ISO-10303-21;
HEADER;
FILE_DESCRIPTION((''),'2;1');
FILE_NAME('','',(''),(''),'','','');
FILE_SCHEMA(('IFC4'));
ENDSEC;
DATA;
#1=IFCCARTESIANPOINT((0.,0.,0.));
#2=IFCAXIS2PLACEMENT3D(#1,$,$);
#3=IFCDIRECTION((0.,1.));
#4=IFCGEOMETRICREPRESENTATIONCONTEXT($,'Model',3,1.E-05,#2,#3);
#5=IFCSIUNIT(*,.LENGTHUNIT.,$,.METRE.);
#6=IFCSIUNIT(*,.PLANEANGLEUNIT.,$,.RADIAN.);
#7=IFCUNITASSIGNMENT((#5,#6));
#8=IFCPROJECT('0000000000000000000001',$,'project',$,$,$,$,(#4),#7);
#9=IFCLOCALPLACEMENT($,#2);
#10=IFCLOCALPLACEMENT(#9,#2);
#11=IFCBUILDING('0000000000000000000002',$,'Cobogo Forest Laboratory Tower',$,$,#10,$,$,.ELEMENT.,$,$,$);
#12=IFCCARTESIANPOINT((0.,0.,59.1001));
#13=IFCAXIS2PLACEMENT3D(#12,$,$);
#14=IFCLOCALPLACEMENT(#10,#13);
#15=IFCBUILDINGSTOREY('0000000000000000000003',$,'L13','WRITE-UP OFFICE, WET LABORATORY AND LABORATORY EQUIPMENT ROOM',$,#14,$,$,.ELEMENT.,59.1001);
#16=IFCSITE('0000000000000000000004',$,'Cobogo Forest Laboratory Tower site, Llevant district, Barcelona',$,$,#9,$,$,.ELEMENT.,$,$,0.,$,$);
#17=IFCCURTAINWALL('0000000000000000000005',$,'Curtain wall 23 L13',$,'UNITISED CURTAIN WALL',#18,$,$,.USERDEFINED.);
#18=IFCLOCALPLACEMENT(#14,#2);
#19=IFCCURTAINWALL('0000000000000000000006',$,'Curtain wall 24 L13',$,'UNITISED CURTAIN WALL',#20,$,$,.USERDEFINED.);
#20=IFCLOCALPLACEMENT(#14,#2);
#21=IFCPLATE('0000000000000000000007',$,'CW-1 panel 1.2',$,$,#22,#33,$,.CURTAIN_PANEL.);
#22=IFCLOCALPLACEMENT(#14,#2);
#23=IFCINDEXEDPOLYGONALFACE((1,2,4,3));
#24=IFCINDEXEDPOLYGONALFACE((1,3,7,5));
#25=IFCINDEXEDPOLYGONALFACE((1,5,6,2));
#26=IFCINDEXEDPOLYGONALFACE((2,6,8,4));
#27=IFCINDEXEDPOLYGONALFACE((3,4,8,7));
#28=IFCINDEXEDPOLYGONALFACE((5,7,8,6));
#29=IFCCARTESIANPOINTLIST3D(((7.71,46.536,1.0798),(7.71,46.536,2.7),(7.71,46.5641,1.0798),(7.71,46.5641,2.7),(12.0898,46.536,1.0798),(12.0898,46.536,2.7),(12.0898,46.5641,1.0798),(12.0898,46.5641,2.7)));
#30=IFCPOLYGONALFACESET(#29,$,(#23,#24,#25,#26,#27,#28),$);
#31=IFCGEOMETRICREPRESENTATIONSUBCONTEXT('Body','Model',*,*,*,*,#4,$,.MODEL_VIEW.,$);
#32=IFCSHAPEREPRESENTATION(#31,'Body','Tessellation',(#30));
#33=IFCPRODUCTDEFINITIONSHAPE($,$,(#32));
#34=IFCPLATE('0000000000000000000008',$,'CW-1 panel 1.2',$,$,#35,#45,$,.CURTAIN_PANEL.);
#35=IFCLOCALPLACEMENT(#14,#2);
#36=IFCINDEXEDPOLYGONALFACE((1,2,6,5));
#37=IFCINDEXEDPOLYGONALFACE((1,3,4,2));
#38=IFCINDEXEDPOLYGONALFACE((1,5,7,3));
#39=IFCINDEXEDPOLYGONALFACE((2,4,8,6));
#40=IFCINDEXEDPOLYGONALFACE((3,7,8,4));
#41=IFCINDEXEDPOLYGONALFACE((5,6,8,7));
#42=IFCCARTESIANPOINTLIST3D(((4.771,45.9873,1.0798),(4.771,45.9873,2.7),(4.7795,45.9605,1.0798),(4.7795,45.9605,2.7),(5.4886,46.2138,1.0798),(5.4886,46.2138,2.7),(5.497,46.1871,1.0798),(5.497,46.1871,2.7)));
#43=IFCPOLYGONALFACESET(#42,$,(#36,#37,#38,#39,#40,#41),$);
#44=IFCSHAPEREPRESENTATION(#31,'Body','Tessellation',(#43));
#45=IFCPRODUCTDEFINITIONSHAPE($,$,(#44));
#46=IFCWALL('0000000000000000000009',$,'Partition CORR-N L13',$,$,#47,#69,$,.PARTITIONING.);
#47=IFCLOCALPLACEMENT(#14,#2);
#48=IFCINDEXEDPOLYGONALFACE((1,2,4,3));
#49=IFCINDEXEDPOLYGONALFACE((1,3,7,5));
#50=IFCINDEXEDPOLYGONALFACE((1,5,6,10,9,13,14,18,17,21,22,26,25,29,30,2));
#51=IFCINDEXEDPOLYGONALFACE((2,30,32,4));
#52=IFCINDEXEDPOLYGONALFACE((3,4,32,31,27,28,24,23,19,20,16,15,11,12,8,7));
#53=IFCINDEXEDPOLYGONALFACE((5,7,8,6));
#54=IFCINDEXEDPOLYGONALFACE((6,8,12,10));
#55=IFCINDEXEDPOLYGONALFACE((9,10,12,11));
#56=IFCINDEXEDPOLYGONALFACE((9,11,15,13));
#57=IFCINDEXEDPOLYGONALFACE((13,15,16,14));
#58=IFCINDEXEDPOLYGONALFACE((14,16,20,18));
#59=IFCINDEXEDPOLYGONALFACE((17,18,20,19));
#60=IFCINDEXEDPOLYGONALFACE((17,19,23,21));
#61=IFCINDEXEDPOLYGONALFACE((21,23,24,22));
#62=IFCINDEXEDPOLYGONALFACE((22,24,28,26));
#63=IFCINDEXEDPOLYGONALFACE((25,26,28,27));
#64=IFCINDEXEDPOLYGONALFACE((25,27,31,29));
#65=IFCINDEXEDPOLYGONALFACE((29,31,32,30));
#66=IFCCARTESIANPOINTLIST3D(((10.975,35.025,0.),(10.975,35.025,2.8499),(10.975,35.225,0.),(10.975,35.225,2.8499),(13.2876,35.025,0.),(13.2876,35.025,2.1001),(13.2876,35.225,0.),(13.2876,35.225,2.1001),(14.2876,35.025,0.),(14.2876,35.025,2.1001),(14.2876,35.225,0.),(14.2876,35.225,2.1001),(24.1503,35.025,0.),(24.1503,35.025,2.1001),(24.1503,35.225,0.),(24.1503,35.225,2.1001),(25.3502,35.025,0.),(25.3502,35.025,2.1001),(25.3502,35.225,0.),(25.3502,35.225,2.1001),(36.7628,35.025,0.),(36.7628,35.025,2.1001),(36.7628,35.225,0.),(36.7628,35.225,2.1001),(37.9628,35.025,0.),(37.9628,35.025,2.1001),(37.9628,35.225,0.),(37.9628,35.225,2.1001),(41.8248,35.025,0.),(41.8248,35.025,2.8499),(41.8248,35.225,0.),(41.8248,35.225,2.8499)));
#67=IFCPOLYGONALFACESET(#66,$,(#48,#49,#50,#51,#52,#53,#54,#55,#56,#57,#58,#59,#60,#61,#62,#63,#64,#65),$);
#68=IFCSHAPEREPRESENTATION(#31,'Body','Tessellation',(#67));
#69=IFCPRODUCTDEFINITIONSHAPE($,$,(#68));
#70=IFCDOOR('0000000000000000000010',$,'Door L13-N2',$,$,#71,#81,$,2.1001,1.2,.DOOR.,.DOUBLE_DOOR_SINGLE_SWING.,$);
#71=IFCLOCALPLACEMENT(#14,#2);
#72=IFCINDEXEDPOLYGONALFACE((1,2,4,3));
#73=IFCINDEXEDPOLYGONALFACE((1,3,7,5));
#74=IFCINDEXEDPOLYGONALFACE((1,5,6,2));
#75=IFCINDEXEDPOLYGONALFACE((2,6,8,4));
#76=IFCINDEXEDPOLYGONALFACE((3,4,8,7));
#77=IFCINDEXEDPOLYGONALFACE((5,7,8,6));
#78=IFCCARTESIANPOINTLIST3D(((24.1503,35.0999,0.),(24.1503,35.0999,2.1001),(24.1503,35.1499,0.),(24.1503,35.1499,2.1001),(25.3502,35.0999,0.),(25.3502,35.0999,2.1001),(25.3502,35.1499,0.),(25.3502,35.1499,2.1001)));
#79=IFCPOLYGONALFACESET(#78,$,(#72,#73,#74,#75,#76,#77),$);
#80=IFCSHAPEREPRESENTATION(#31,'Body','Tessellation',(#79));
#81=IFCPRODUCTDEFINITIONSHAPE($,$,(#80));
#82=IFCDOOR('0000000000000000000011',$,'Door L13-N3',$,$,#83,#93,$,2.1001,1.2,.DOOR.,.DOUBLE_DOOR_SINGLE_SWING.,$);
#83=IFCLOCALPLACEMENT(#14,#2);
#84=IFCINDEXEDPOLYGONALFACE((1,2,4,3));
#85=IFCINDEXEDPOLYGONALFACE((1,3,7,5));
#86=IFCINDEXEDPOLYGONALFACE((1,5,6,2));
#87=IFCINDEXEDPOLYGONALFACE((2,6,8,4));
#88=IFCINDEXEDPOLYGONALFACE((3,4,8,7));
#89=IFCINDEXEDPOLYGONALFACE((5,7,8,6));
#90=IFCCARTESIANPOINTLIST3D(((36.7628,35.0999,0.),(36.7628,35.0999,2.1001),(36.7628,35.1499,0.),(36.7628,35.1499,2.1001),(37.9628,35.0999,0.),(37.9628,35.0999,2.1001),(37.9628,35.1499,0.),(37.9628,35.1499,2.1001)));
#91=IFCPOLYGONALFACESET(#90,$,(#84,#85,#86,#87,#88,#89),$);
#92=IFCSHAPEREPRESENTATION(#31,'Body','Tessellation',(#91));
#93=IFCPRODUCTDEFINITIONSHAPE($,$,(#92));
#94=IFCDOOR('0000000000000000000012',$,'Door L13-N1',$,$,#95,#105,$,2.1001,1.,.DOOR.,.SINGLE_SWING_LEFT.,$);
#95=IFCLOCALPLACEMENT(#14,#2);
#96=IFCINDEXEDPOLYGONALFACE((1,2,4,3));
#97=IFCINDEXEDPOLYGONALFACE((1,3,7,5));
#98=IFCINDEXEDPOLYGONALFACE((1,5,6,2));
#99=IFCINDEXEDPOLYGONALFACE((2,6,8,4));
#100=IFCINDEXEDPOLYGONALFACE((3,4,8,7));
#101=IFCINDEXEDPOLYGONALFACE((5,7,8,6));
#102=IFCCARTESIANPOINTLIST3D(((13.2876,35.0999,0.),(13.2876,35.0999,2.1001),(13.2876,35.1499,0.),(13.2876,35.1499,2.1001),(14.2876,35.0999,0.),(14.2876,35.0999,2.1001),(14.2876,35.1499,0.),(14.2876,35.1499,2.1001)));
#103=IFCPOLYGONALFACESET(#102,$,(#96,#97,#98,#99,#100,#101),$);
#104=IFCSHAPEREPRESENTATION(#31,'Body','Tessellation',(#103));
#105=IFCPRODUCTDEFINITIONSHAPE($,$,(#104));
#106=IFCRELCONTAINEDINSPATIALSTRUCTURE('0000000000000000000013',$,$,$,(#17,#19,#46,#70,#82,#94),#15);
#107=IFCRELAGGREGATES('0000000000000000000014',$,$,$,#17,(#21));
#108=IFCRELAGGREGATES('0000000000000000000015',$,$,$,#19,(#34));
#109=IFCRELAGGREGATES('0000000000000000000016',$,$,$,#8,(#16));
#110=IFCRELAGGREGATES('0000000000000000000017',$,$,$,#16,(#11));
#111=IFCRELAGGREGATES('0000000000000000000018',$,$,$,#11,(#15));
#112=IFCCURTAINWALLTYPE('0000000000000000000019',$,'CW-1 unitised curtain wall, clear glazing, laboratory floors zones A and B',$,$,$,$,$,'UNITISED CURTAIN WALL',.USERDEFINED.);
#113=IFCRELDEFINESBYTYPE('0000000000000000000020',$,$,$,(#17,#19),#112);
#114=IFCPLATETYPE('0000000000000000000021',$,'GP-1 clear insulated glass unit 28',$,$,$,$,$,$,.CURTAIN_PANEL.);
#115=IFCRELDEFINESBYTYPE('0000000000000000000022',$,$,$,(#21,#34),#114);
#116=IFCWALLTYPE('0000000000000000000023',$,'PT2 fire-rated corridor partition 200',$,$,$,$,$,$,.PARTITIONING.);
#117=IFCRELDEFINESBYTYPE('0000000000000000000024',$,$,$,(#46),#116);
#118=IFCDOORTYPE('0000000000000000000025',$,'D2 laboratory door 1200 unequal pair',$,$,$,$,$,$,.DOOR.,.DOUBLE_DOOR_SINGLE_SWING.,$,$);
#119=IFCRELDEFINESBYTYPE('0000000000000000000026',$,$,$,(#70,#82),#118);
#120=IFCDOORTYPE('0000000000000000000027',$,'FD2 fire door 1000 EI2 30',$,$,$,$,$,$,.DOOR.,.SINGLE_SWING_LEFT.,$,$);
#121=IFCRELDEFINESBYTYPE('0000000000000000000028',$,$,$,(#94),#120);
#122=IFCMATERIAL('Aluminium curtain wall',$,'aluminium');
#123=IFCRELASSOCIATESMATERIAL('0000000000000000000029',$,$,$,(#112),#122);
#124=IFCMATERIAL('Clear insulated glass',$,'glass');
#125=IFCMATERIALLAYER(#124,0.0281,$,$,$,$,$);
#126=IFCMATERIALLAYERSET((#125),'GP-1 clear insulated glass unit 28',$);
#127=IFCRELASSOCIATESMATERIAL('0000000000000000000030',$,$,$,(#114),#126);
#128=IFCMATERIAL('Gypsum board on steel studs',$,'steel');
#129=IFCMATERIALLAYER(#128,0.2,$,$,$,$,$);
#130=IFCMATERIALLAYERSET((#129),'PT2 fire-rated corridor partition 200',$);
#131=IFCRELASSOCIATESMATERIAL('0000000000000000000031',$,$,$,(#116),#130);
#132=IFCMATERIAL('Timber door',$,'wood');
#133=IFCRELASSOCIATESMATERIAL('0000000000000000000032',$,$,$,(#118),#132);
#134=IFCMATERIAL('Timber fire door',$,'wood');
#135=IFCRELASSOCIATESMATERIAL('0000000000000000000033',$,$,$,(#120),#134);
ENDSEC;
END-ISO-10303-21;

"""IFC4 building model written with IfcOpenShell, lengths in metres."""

from ifc_helpers import new_model, si_unit, direction, frame, frame_2d, origin, origin_2d, place, context, subcontext, project, spatial, rectangle, extrude, material, layer, layer_set, type_object, element, fill, aggregate, save


model = new_model("IFC4")

# Units and contexts
model_context = context("Model", 3, precision=1e-05, world=origin(), true_north=direction((0.0, 1.0)))
body_context = subcontext(model_context, "Body", "Model", "MODEL_VIEW")
ifc_project = project(units=[si_unit("LENGTHUNIT", "METRE"), si_unit("PLANEANGLEUNIT", "RADIAN")], contexts=[model_context])

# Site, building, storey
site_placement = place(None, origin())
site = spatial("IfcSite", under=ifc_project, at=site_placement, Name="Cobogo Forest Laboratory Tower site, Llevant district, Barcelona", CompositionType="ELEMENT", RefElevation=0.0)
building_placement = place(site_placement, origin())
building = spatial("IfcBuilding", under=site, at=building_placement, Name="Cobogo Forest Laboratory Tower", CompositionType="ELEMENT")
storey_placement = place(building_placement, frame((0.0, 0.0, 59.1001)))
storey = spatial("IfcBuildingStorey", under=building, at=storey_placement, Name="L13", Description="WRITE-UP OFFICE, WET LABORATORY AND LABORATORY EQUIPMENT ROOM", CompositionType="ELEMENT", Elevation=59.1001)

# Curtain walls
ifc_material_1 = material(Name="Aluminium curtain wall", Category="aluminium")
curtain_wall_type = type_object("IfcCurtainWallType", Name="CW-1 unitised curtain wall, clear glazing, laboratory floors zones A and B", ElementType="UNITISED CURTAIN WALL", PredefinedType="USERDEFINED", material=ifc_material_1)
curtain_wall_1_placement = place(storey_placement, origin())
curtain_wall_1 = element("IfcCurtainWall", 1, at=curtain_wall_1_placement, inside=storey, type_object=curtain_wall_type, Name="Curtain wall 23 L13", ObjectType="UNITISED CURTAIN WALL", PredefinedType="USERDEFINED")
curtain_wall_2_placement = place(storey_placement, origin())
curtain_wall_2 = element("IfcCurtainWall", 2, at=curtain_wall_2_placement, inside=storey, type_object=curtain_wall_type, Name="Curtain wall 24 L13", ObjectType="UNITISED CURTAIN WALL", PredefinedType="USERDEFINED")

# Plates
ifc_material_2 = material(Name="Clear insulated glass", Category="glass")
ifc_layer_1 = layer(ifc_material_2, 0.0281)
ifc_layer_set_1 = layer_set([ifc_layer_1], Name="GP-1 clear insulated glass unit 28")
plate_type_1 = type_object("IfcPlateType", Name="GP-1 clear insulated glass unit 28", PredefinedType="CURTAIN_PANEL", material=ifc_layer_set_1)
plate_1_placement = place(storey_placement, frame((9.8999, 46.55, 1.0798), z_axis=(0.0, 0.0, 1.0), x_axis=(-1.0, 0.0, 0.0)))
plate_1 = element("IfcPlate", 3, at=plate_1_placement, type_object=plate_type_1, Name="CW-1 panel 1.2", PredefinedType="CURTAIN_PANEL", context=body_context, shape_type="SweptSolid", body=[
    extrude(rectangle(XDim=4.3799, YDim=0.0281, at=origin_2d()), origin(), (0.0, 0.0, 1.0), 1.6201),
])
aggregate(curtain_wall_1, [plate_1])
plate_2_placement = place(storey_placement, frame((5.134, 46.0872, 1.0798), z_axis=(0.0, 0.0, 1.0), x_axis=(-0.953582, -0.301135, 0.0)))
plate_2 = element("IfcPlate", 4, at=plate_2_placement, type_object=plate_type_1, Name="CW-1 panel 1.2", PredefinedType="CURTAIN_PANEL", context=body_context, shape_type="SweptSolid", body=[
    extrude(rectangle(XDim=0.7524, YDim=0.0281, at=origin_2d()), origin(), (0.0, 0.0, 1.0), 1.6201),
])
aggregate(curtain_wall_2, [plate_2])

# Wall, openings, doors
ifc_material_3 = material(Name="Gypsum board on steel studs", Category="steel")
ifc_layer_2 = layer(ifc_material_3, 0.2)
ifc_layer_set_2 = layer_set([ifc_layer_2], Name="PT2 fire-rated corridor partition 200")
wall_type = type_object("IfcWallType", Name="PT2 fire-rated corridor partition 200", PredefinedType="PARTITIONING", material=ifc_layer_set_2)
wall_placement = place(storey_placement, frame((10.9751, 35.125, 0.0), z_axis=(0.0, 0.0, 1.0), x_axis=(1.0, 0.0, 0.0)))
wall = element("IfcWall", 5, at=wall_placement, inside=storey, type_object=wall_type, Name="Partition CORR-N L13", PredefinedType="PARTITIONING", context=body_context, shape_type="SweptSolid", body=[
    extrude(rectangle(XDim=30.8499, YDim=0.2, at=frame_2d((15.4248, 0.0))), origin(), (0.0, 0.0, 1.0), 2.8499),
])
opening_1_placement = place(wall_placement, frame((2.3125, 0.0, 0.0)))
opening_1 = element("IfcOpeningElement", 6, at=opening_1_placement, cuts=wall, PredefinedType="OPENING", context=body_context, shape_type="SweptSolid", body=[
    extrude(rectangle(XDim=1.0, YDim=2.1001, at=frame_2d((0.5, 1.05))), frame((0.0, 0.1099, 0.0), z_axis=(0.0, -1.0, 0.0), x_axis=(1.0, 0.0, 0.0)), (0.0, 0.0, 1.0), 0.22),
])
opening_2_placement = place(wall_placement, frame((13.175, 0.0, 0.0)))
opening_2 = element("IfcOpeningElement", 7, at=opening_2_placement, cuts=wall, PredefinedType="OPENING", context=body_context, shape_type="SweptSolid", body=[
    extrude(rectangle(XDim=1.2, YDim=2.1001, at=frame_2d((0.6001, 1.05))), frame((0.0, 0.1099, 0.0), z_axis=(0.0, -1.0, 0.0), x_axis=(1.0, 0.0, 0.0)), (0.0, 0.0, 1.0), 0.22),
])
opening_3_placement = place(wall_placement, frame((25.7876, 0.0, 0.0)))
opening_3 = element("IfcOpeningElement", 8, at=opening_3_placement, cuts=wall, PredefinedType="OPENING", context=body_context, shape_type="SweptSolid", body=[
    extrude(rectangle(XDim=1.2, YDim=2.1001, at=frame_2d((0.6001, 1.05))), frame((0.0, 0.1099, 0.0), z_axis=(0.0, -1.0, 0.0), x_axis=(1.0, 0.0, 0.0)), (0.0, 0.0, 1.0), 0.22),
])
ifc_material_4 = material(Name="Timber door", Category="wood")
door_type_1 = type_object("IfcDoorType", Name="D2 laboratory door 1200 unequal pair", OperationType="DOUBLE_DOOR_SINGLE_SWING", PredefinedType="DOOR", material=ifc_material_4)
door_1_placement = place(opening_2_placement, origin())
door_1 = element("IfcDoor", 9, at=door_1_placement, inside=storey, type_object=door_type_1, Name="Door L13-N2", OperationType="DOUBLE_DOOR_SINGLE_SWING", OverallHeight=2.1001, OverallWidth=1.2, PredefinedType="DOOR", context=body_context, shape_type="SweptSolid", body=[
    extrude(rectangle(XDim=1.2, YDim=2.1001, at=frame_2d((0.6001, 1.05))), frame((0.0, 0.0249, 0.0), z_axis=(0.0, -1.0, 0.0), x_axis=(1.0, 0.0, 0.0)), (0.0, 0.0, 1.0), 0.05),
])
fill(opening_2, door_1)
door_2_placement = place(opening_3_placement, origin())
door_2 = element("IfcDoor", 10, at=door_2_placement, inside=storey, type_object=door_type_1, Name="Door L13-N3", OperationType="DOUBLE_DOOR_SINGLE_SWING", OverallHeight=2.1001, OverallWidth=1.2, PredefinedType="DOOR", context=body_context, shape_type="SweptSolid", body=[
    extrude(rectangle(XDim=1.2, YDim=2.1001, at=frame_2d((0.6001, 1.05))), frame((0.0, 0.0249, 0.0), z_axis=(0.0, -1.0, 0.0), x_axis=(1.0, 0.0, 0.0)), (0.0, 0.0, 1.0), 0.05),
])
fill(opening_3, door_2)
ifc_material_5 = material(Name="Timber fire door", Category="wood")
door_type_2 = type_object("IfcDoorType", Name="FD2 fire door 1000 EI2 30", OperationType="SINGLE_SWING_LEFT", PredefinedType="DOOR", material=ifc_material_5)
door_3_placement = place(opening_1_placement, origin())
door_3 = element("IfcDoor", 11, at=door_3_placement, inside=storey, type_object=door_type_2, Name="Door L13-N1", OperationType="SINGLE_SWING_LEFT", OverallHeight=2.1001, OverallWidth=1.0, PredefinedType="DOOR", context=body_context, shape_type="SweptSolid", body=[
    extrude(rectangle(XDim=1.0, YDim=2.1001, at=frame_2d((0.5, 1.05))), frame((0.0, 0.0249, 0.0), z_axis=(0.0, -1.0, 0.0), x_axis=(1.0, 0.0, 0.0)), (0.0, 0.0, 1.0), 0.05),
])
fill(opening_1, door_3)

save(model, "model.ifc")
